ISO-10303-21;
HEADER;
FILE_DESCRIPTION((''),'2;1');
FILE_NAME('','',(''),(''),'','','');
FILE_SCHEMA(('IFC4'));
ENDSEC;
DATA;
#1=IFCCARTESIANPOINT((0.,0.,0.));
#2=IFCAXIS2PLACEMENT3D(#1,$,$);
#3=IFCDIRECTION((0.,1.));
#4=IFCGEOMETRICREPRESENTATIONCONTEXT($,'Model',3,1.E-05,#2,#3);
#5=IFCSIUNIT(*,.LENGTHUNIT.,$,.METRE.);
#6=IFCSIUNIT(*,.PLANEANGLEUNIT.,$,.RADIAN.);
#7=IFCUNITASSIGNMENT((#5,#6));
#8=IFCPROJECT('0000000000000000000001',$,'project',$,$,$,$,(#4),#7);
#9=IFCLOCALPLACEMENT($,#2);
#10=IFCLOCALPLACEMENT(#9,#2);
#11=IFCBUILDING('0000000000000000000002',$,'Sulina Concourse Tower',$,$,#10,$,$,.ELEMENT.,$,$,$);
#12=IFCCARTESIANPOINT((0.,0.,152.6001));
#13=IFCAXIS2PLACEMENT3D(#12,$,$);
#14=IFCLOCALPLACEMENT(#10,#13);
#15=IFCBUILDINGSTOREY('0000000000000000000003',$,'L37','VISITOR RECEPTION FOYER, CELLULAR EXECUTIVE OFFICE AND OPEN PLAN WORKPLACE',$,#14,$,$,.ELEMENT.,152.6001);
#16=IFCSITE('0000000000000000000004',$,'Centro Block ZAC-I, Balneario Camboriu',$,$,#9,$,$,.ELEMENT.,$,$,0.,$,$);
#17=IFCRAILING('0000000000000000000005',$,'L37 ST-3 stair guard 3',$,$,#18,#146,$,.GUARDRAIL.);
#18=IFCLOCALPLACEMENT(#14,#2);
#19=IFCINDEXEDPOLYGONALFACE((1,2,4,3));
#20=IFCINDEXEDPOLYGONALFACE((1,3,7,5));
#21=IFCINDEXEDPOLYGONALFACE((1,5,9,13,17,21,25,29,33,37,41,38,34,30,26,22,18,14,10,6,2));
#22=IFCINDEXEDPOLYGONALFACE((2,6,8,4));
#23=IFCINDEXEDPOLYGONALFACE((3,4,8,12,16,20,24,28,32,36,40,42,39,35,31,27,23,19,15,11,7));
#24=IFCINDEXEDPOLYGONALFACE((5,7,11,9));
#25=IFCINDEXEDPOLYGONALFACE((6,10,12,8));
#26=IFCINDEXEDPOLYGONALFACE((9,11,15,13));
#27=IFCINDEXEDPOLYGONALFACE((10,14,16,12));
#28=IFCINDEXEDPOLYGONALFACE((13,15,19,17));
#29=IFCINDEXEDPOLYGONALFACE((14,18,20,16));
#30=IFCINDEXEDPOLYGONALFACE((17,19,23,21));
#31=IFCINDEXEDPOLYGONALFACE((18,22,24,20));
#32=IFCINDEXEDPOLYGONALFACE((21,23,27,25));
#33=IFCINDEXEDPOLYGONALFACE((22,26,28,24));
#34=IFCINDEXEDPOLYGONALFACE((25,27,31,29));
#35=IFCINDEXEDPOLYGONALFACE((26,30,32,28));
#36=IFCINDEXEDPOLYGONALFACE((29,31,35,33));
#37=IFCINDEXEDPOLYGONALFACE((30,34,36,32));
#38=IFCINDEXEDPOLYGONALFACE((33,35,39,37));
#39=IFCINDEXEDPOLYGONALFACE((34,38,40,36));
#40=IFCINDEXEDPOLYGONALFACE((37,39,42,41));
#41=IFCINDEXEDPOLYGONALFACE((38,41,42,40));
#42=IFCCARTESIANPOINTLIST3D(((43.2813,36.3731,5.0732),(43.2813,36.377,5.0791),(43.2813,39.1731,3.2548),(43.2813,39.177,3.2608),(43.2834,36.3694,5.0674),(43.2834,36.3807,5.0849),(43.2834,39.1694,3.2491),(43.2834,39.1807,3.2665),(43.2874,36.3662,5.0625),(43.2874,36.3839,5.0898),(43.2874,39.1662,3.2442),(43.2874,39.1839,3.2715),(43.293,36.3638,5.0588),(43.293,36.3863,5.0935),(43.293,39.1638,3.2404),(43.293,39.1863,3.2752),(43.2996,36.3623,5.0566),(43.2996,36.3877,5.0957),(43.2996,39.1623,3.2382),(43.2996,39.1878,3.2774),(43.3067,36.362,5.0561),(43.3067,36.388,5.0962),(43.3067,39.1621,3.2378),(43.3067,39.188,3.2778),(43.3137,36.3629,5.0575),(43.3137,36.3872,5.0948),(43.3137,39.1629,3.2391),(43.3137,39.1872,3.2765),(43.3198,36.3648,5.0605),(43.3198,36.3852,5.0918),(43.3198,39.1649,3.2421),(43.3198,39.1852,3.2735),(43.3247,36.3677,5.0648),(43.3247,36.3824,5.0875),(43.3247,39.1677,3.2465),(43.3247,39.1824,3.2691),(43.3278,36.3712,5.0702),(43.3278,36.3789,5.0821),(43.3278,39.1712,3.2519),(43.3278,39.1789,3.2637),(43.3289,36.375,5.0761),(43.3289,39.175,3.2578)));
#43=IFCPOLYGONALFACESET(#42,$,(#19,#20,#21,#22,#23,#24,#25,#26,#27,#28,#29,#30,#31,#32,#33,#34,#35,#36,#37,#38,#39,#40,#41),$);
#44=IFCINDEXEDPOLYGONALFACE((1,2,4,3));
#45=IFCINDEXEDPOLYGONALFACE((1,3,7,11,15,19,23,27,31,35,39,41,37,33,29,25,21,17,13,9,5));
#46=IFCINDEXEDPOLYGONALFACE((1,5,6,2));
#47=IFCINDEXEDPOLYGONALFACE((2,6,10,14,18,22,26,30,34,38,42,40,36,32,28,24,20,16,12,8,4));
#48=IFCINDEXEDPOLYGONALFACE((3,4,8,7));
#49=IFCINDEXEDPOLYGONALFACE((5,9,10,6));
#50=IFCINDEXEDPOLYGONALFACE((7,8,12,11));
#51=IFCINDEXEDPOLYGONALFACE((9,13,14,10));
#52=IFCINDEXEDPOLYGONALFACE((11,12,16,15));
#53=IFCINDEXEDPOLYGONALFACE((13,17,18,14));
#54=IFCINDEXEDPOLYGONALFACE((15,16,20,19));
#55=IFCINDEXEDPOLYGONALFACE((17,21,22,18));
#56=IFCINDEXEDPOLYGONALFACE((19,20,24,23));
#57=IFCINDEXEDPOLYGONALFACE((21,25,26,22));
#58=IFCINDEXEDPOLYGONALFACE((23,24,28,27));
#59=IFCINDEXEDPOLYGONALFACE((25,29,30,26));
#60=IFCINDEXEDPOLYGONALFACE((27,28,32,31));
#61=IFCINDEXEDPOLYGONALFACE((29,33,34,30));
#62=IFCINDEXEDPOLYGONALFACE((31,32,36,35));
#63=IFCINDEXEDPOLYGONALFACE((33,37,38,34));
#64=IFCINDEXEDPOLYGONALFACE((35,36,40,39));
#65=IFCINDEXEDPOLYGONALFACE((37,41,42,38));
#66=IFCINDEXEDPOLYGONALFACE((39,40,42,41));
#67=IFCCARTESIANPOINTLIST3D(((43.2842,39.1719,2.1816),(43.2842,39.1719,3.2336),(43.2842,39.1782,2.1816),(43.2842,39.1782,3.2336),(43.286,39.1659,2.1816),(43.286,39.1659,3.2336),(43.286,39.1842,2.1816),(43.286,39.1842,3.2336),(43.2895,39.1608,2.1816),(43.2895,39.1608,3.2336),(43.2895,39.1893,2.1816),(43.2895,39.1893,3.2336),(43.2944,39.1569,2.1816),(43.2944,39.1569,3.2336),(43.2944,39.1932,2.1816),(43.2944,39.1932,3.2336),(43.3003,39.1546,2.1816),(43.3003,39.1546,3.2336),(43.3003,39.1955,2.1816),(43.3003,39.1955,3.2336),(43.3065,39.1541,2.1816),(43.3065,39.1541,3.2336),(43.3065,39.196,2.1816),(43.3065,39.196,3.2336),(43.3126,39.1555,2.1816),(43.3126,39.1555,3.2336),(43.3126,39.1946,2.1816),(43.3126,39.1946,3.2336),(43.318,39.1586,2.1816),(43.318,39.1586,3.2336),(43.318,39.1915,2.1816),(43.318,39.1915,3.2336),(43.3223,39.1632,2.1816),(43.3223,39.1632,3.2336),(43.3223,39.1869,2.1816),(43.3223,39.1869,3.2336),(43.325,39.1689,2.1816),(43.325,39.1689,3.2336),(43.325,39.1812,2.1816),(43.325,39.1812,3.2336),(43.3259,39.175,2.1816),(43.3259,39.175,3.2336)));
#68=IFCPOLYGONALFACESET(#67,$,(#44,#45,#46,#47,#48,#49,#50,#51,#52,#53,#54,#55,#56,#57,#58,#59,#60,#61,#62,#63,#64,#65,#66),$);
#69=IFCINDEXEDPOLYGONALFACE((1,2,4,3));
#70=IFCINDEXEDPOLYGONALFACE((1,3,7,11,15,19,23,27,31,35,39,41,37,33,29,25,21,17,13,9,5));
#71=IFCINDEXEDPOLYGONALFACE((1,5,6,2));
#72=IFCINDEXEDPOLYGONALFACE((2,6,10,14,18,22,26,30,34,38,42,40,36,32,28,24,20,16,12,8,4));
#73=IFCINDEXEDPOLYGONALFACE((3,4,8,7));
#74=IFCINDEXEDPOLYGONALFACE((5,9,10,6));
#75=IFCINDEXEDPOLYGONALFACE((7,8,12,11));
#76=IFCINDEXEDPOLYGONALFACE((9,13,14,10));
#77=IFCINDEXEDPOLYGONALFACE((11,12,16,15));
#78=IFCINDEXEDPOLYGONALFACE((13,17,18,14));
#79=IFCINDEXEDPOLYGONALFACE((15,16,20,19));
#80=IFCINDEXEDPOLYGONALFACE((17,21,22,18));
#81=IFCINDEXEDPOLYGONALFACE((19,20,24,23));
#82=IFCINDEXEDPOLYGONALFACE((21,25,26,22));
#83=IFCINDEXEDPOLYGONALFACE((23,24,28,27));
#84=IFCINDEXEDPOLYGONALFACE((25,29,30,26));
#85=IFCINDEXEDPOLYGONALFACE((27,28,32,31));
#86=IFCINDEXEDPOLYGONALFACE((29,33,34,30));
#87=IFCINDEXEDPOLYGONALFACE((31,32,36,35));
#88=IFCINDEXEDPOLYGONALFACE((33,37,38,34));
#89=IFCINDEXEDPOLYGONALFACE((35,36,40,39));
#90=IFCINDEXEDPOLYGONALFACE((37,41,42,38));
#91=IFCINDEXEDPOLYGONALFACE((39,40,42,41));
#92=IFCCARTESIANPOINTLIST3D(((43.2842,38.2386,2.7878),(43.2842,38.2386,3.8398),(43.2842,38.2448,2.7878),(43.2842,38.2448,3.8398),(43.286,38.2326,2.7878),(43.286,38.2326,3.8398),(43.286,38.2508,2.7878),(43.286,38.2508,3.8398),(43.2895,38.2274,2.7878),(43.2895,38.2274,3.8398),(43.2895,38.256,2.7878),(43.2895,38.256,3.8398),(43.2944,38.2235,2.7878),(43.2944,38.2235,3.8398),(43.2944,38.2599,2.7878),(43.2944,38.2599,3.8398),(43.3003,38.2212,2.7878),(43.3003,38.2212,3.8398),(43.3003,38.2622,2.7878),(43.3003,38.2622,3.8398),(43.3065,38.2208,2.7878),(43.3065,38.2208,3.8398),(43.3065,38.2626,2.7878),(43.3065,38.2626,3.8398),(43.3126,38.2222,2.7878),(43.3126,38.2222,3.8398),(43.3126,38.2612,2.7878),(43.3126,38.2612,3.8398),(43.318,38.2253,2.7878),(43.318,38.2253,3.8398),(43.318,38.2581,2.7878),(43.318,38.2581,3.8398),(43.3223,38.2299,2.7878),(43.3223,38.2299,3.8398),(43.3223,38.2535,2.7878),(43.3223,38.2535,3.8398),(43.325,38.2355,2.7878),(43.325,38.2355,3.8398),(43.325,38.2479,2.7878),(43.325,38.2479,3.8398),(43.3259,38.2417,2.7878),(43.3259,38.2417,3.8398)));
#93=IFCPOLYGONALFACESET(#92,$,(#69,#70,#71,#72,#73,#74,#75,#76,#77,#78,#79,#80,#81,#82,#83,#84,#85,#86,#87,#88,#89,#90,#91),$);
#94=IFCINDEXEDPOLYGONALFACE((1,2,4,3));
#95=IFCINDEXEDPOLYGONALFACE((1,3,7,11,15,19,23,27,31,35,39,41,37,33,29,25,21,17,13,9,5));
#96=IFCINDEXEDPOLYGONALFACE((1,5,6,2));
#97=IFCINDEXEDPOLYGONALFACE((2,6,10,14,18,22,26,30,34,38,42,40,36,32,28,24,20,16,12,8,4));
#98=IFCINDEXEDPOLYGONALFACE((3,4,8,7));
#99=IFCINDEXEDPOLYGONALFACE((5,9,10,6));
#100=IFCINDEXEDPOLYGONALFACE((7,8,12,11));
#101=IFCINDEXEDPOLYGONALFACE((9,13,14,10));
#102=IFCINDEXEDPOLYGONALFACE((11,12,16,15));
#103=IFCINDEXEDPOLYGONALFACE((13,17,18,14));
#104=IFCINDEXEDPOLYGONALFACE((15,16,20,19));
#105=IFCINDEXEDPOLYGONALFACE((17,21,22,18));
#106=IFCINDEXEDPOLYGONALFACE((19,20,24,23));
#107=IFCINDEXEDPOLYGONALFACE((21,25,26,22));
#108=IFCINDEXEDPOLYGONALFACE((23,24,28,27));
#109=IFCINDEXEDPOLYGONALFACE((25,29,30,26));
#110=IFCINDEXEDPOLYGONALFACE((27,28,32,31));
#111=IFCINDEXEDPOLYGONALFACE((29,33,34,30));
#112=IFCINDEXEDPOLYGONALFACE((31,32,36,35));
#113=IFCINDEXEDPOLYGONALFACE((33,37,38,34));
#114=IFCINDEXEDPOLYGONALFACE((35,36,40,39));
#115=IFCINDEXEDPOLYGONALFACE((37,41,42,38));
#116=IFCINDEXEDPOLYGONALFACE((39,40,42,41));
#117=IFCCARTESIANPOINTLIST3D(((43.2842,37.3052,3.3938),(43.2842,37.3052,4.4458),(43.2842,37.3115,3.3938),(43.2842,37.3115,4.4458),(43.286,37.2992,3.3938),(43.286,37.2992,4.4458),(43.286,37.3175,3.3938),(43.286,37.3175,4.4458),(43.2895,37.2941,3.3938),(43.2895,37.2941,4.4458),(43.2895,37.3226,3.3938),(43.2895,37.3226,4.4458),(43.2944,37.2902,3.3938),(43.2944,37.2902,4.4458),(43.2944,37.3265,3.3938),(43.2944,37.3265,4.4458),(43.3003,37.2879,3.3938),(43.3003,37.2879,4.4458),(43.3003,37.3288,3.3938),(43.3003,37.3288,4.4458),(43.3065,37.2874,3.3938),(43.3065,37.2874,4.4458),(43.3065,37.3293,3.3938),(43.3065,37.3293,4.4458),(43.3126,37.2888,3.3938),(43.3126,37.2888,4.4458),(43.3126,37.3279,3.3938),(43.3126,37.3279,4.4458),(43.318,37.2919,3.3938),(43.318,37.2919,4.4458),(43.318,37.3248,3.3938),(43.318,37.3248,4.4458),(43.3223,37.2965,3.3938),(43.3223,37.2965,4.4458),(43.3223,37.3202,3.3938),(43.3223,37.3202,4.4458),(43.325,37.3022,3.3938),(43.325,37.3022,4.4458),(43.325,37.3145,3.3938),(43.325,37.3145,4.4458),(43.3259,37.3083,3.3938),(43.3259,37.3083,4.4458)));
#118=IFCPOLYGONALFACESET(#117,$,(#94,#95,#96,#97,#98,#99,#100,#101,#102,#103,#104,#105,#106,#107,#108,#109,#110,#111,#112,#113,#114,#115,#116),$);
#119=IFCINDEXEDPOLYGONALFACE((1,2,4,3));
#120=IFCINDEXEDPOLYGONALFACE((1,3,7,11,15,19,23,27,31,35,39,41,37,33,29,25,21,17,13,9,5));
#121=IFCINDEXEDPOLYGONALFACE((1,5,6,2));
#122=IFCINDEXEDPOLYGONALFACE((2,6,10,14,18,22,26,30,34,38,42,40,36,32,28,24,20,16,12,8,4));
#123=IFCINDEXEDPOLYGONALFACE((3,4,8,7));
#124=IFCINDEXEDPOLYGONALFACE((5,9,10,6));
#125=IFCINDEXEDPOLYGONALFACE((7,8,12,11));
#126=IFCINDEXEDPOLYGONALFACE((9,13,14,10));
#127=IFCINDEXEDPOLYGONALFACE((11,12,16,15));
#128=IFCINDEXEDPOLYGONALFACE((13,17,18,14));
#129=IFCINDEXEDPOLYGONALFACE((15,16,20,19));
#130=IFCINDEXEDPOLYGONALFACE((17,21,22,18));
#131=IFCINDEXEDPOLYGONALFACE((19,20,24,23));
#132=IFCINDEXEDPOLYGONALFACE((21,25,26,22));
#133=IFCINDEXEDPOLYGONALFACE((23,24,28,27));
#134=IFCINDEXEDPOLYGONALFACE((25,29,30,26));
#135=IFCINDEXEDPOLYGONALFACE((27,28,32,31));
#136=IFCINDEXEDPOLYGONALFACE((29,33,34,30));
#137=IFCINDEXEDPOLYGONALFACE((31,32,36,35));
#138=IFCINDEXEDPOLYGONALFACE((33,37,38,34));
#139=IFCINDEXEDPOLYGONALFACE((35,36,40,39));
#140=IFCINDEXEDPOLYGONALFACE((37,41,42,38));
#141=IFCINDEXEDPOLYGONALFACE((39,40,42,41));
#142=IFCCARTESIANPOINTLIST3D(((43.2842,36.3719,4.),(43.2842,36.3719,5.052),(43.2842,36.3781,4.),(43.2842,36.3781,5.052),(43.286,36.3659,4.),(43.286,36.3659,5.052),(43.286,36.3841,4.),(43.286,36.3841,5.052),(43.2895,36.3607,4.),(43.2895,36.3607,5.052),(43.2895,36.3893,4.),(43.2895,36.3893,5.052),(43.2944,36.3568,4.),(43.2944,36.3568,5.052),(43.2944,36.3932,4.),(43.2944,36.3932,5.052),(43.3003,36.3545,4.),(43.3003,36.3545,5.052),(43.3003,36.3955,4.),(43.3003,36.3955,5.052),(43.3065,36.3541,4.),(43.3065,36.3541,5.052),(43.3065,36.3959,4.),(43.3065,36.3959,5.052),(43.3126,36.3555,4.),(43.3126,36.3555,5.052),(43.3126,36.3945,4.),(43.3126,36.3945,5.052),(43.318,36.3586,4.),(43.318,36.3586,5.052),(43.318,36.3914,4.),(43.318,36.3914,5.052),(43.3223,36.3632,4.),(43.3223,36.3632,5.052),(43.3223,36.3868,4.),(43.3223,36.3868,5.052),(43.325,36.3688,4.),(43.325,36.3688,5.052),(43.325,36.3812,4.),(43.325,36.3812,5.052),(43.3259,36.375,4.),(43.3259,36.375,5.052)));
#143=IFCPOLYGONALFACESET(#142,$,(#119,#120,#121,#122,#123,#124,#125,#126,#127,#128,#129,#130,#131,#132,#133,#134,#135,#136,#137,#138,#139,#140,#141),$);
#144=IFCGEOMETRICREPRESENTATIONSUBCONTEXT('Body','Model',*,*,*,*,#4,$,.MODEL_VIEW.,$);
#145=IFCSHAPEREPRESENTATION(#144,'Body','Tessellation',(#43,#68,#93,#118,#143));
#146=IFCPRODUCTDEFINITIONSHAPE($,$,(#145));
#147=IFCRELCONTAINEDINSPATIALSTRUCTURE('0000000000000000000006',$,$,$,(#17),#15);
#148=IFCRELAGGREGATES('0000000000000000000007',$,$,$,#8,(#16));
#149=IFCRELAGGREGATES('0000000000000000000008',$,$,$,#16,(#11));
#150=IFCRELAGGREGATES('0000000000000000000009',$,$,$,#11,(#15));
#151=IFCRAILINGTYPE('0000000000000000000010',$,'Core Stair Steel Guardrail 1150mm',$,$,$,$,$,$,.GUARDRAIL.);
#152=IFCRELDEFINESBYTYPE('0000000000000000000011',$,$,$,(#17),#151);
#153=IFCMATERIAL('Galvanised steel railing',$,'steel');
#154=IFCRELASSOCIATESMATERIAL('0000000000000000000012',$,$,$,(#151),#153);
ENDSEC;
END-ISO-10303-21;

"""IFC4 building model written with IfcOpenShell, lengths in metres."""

from ifc_helpers import new_model, si_unit, direction, frame, origin, origin_2d, place, context, subcontext, project, spatial, circle, extrude, material, type_object, element, save


model = new_model("IFC4")

# Units and contexts
model_context = context("Model", 3, precision=1e-05, world=origin(), true_north=direction((0.0, 1.0)))
body_context = subcontext(model_context, "Body", "Model", "MODEL_VIEW")
ifc_project = project(units=[si_unit("LENGTHUNIT", "METRE"), si_unit("PLANEANGLEUNIT", "RADIAN")], contexts=[model_context])

# Site, building, storey
site_placement = place(None, origin())
site = spatial("IfcSite", under=ifc_project, at=site_placement, Name="Centro Block ZAC-I, Balneario Camboriu", CompositionType="ELEMENT", RefElevation=0.0)
building_placement = place(site_placement, origin())
building = spatial("IfcBuilding", under=site, at=building_placement, Name="Sulina Concourse Tower", CompositionType="ELEMENT")
storey_placement = place(building_placement, frame((0.0, 0.0, 152.6001)))
storey = spatial("IfcBuildingStorey", under=building, at=storey_placement, Name="L37", Description="VISITOR RECEPTION FOYER, CELLULAR EXECUTIVE OFFICE AND OPEN PLAN WORKPLACE", CompositionType="ELEMENT", Elevation=152.6001)

# Railing
ifc_material_1 = material(Name="Galvanised steel railing", Category="steel")
railing_type_1 = type_object("IfcRailingType", Name="Core Stair Steel Guardrail 1150mm", PredefinedType="GUARDRAIL", material=ifc_material_1)
railing_1_placement = place(storey_placement, frame((43.3049, 39.175, 2.1816)))
element("IfcRailing", 1, at=railing_1_placement, inside=storey, type_object=railing_type_1, Name="L37 ST-3 stair guard 3", PredefinedType="GUARDRAIL", context=body_context, shape_type="SweptSolid", body=[
    extrude(circle(Radius=0.0239, at=origin_2d()), frame((0.0, 0.0, 1.0762), z_axis=(0.0, -0.838672, 0.544636), x_axis=(1.0, 0.0, 0.0)), (0.0, 0.0, 1.0), 3.3386),
    extrude(circle(Radius=0.021, at=origin_2d()), origin(), (0.0, 0.0, 1.0), 1.052),
    extrude(circle(Radius=0.021, at=origin_2d()), frame((0.0, -0.9333, 0.6062)), (0.0, 0.0, 1.0), 1.052),
    extrude(circle(Radius=0.021, at=origin_2d()), frame((0.0, -1.8667, 1.2122)), (0.0, 0.0, 1.0), 1.052),
    extrude(circle(Radius=0.021, at=origin_2d()), frame((0.0, -2.8, 1.8184)), (0.0, 0.0, 1.0), 1.052),
])

save(model, "model.ifc")
